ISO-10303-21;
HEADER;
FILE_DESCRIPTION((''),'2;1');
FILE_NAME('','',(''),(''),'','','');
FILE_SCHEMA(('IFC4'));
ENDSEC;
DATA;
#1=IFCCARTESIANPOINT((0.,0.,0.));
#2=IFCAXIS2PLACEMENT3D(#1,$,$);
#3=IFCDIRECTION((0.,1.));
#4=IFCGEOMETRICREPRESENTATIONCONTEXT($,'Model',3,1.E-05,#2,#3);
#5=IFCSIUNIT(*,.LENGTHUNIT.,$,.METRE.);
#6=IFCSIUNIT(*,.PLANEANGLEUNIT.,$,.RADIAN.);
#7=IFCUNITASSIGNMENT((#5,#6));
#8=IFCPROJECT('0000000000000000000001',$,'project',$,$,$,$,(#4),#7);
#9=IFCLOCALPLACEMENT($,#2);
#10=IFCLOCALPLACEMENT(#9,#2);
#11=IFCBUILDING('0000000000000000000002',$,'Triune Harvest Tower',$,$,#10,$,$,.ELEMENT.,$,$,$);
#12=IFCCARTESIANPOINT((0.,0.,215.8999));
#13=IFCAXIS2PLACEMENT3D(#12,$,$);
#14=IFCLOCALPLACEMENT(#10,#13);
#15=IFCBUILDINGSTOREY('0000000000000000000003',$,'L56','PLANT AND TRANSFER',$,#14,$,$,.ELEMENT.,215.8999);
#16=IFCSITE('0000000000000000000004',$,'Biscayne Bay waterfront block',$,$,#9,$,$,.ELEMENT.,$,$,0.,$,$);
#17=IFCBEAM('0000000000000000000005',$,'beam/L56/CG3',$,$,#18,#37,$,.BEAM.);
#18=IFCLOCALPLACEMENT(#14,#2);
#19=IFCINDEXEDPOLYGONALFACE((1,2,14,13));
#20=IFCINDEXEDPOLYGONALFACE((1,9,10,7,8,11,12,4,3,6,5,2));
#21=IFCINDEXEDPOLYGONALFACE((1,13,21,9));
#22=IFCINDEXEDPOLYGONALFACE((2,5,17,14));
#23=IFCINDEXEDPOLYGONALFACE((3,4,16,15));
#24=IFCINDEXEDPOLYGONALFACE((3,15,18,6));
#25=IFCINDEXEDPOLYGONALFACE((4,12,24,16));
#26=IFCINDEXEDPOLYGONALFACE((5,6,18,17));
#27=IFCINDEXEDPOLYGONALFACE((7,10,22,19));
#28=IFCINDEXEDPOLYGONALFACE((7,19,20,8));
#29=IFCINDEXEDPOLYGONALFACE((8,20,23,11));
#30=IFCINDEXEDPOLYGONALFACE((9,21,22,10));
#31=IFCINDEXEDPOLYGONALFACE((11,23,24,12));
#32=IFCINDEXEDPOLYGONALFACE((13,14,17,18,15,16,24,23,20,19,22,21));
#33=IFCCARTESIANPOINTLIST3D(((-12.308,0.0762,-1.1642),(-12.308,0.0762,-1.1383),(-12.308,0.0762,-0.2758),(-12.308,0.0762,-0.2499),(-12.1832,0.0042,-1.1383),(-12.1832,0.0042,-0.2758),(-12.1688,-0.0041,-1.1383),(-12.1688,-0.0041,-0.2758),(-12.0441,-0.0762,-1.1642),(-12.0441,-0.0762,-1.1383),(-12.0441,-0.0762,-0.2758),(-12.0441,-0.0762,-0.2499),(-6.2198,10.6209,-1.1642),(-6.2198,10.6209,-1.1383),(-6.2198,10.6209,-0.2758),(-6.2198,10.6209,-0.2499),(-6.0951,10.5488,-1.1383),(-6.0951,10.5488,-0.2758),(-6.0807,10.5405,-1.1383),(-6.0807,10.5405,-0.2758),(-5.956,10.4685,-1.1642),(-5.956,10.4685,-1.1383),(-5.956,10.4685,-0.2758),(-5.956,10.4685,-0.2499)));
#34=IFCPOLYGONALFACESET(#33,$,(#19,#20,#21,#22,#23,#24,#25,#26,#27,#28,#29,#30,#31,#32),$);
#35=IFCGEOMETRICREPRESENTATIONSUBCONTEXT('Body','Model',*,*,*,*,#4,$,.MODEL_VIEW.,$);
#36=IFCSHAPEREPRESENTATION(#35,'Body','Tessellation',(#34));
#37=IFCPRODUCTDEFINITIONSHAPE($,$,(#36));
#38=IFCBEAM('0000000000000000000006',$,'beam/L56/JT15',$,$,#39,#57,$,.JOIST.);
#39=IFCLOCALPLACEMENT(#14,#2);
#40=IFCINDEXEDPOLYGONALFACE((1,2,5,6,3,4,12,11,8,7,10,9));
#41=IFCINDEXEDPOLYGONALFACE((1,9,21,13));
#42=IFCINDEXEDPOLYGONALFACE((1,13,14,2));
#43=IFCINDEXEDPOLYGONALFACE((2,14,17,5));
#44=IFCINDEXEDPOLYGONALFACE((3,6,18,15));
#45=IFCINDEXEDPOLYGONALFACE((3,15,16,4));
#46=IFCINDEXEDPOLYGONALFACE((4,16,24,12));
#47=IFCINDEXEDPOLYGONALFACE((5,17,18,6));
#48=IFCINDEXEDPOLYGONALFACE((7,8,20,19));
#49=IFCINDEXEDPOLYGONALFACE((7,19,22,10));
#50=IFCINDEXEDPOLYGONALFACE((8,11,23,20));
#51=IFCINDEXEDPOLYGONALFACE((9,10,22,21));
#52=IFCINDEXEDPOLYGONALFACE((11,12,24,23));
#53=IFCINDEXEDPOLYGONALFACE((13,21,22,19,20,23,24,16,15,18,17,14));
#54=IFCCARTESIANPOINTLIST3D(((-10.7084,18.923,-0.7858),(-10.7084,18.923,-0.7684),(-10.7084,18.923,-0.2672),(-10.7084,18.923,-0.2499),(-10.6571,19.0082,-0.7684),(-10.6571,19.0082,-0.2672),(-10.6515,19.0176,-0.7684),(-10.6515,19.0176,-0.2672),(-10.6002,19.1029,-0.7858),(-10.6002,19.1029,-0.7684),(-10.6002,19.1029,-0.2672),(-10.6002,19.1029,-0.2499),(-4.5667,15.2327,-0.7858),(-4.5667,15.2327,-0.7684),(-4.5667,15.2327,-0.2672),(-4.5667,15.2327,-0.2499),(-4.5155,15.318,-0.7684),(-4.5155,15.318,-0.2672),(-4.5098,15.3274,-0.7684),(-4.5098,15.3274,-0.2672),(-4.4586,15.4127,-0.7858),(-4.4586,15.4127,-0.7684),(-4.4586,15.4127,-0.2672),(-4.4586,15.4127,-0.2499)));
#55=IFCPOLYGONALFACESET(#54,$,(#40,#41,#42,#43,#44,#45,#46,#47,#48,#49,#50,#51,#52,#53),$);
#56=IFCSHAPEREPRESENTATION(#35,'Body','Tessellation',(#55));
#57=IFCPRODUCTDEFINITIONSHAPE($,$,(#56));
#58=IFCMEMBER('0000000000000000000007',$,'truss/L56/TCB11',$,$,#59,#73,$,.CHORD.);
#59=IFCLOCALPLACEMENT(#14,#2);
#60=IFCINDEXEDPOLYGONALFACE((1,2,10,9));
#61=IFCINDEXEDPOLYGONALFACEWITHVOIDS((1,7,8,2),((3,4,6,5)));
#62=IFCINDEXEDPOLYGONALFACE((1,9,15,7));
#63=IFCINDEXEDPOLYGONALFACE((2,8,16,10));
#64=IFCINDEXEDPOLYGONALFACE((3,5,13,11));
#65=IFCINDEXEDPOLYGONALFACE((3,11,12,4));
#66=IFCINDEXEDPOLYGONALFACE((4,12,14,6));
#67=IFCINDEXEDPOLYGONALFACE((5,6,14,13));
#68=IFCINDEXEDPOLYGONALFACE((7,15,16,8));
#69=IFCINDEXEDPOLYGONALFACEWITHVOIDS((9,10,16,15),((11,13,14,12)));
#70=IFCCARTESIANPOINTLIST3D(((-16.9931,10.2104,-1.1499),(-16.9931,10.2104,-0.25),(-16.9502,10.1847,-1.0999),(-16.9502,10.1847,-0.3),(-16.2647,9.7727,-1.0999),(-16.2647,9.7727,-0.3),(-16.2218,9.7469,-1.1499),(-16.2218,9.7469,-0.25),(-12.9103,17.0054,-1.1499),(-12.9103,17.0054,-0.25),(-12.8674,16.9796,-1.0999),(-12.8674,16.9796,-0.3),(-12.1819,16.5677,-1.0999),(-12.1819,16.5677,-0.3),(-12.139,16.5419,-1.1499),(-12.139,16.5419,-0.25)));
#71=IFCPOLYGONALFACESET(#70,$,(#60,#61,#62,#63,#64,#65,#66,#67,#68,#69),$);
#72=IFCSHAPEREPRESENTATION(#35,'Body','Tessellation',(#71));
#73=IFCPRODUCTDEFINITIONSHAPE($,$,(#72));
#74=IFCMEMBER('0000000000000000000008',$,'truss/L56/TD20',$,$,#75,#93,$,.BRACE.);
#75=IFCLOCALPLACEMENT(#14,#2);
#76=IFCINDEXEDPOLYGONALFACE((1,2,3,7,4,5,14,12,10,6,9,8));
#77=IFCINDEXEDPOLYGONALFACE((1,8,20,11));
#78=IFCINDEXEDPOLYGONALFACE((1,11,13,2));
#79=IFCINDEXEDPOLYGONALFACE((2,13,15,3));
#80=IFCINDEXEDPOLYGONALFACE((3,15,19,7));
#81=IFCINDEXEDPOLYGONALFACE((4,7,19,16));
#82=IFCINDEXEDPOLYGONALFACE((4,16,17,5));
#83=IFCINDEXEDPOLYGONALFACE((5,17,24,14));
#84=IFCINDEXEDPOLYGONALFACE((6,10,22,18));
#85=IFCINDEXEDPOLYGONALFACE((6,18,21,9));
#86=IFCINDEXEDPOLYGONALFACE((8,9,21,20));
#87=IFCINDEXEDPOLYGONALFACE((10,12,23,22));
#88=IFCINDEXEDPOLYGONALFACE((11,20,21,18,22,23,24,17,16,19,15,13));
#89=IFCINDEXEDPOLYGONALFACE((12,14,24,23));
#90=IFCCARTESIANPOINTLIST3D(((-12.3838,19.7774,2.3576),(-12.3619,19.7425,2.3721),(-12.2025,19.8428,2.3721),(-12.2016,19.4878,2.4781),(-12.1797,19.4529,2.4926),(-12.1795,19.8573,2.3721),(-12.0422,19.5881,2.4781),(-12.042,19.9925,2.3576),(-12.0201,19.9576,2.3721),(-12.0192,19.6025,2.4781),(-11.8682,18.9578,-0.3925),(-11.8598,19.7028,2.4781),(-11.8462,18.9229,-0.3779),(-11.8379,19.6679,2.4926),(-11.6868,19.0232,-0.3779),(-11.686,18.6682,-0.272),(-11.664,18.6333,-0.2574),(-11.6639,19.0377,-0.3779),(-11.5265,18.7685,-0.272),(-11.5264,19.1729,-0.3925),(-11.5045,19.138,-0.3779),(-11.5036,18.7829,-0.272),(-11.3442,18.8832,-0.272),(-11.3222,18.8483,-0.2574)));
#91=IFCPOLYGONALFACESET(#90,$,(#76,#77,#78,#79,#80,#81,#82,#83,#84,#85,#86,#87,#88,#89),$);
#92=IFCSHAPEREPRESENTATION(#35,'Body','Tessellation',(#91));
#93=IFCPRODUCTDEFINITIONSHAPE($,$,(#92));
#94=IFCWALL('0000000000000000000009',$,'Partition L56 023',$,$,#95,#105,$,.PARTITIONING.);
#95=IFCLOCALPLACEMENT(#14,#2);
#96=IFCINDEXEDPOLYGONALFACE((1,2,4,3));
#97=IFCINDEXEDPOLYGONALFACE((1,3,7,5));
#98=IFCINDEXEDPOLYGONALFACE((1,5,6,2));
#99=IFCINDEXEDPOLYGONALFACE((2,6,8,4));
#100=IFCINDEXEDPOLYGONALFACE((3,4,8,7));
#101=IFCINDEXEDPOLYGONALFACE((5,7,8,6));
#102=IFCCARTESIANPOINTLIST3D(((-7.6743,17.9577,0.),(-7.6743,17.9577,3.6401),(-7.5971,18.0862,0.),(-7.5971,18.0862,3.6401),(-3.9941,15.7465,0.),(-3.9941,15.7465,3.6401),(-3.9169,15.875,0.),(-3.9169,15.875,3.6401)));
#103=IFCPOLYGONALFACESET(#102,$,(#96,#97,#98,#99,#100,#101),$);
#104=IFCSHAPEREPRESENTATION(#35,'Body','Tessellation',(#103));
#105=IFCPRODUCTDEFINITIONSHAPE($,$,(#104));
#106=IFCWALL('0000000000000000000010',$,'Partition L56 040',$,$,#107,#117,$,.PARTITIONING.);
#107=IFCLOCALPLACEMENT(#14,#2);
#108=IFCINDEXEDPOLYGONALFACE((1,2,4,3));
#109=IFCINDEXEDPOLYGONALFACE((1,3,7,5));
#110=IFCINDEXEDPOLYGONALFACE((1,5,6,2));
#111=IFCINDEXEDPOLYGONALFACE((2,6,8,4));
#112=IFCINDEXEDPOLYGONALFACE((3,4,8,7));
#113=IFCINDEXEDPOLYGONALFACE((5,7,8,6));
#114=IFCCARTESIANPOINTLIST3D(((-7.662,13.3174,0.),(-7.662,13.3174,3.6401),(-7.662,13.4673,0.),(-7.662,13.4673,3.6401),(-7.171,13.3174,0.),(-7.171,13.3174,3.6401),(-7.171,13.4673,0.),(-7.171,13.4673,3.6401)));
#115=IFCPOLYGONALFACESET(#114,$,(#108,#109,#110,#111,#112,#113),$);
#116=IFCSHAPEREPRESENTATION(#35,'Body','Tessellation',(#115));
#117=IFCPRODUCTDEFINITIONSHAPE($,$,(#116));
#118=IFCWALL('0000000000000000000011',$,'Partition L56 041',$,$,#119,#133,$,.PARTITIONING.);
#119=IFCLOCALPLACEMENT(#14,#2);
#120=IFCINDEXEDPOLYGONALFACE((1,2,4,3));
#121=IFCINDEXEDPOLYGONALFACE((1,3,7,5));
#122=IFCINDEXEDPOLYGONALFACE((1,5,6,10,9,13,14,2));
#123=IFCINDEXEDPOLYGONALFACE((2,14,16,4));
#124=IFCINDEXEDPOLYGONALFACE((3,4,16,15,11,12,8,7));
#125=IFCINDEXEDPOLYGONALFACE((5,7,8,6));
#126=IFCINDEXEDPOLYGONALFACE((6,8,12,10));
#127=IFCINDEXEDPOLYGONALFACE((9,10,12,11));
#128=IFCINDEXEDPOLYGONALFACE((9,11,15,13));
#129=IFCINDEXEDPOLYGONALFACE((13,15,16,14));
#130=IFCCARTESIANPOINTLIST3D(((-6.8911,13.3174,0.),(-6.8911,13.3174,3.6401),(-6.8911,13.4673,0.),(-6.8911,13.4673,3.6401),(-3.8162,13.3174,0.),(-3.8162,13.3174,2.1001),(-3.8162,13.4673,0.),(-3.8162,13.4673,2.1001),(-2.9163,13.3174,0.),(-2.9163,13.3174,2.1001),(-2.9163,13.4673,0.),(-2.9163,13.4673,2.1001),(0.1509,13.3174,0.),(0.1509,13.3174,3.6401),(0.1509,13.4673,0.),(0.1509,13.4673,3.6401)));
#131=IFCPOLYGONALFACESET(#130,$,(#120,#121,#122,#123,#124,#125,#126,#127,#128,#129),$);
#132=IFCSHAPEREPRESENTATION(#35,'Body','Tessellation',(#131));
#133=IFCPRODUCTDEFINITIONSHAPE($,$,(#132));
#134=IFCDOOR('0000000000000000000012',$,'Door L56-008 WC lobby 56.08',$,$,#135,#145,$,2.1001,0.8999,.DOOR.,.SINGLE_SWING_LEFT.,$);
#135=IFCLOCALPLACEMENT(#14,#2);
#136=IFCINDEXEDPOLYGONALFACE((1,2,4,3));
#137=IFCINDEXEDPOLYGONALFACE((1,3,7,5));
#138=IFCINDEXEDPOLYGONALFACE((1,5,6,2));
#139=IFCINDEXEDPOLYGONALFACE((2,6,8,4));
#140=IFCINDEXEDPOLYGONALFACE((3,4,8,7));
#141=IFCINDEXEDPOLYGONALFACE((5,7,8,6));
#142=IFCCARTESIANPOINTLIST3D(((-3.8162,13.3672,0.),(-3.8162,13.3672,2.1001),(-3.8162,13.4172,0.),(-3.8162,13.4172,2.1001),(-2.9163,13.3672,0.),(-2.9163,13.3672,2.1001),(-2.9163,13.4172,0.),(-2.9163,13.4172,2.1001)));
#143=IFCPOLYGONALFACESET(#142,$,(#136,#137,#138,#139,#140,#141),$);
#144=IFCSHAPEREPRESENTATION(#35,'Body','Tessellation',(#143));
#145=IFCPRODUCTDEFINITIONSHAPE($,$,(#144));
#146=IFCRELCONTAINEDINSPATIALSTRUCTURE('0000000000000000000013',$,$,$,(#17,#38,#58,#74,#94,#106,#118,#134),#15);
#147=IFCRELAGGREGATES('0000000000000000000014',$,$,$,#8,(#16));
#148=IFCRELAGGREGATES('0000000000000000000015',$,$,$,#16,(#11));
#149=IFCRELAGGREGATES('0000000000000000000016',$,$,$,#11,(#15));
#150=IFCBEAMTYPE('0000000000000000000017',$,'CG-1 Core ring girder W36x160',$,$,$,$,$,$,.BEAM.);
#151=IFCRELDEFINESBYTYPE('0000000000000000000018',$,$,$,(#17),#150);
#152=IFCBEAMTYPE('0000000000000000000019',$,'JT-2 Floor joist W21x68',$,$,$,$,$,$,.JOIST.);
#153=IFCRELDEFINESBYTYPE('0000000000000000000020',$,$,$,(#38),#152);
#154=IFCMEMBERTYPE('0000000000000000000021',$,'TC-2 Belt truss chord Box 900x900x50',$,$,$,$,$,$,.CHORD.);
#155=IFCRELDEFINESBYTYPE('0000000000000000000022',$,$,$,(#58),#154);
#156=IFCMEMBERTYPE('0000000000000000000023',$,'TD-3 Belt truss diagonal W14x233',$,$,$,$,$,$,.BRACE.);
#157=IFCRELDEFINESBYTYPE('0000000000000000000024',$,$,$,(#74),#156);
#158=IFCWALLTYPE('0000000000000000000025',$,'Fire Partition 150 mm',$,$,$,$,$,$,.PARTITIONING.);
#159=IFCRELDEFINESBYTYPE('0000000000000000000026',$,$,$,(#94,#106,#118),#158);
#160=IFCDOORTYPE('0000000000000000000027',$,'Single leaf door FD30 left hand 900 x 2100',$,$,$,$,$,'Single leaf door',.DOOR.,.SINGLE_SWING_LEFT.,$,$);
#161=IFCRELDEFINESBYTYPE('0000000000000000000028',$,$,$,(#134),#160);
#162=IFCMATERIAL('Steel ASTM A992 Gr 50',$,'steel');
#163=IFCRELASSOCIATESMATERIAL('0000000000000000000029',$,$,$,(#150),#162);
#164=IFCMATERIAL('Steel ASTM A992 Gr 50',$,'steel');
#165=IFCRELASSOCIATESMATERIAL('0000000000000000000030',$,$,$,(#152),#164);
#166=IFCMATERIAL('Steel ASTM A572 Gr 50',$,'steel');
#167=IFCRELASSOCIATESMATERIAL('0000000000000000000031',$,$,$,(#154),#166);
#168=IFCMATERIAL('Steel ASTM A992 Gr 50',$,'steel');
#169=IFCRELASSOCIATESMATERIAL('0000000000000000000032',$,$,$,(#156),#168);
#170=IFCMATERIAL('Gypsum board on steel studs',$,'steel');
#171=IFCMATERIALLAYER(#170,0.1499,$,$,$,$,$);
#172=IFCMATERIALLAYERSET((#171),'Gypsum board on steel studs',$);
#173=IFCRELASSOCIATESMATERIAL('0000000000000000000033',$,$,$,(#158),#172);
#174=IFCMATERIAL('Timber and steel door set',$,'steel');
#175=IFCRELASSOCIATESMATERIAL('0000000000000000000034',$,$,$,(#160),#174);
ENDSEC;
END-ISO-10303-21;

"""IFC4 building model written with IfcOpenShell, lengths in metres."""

from ifc_helpers import new_model, si_unit, direction, frame, frame_2d, origin, origin_2d, place, context, subcontext, project, spatial, rectangle, hollow_rectangle, i_section, extrude, source, transform, mapped, material, layer, layer_set, material_profile, profile_set, type_object, element, fill, save


model = new_model("IFC4")

# Units and contexts
model_context = context("Model", 3, precision=1e-05, world=origin(), true_north=direction((0.0, 1.0)))
body_context = subcontext(model_context, "Body", "Model", "MODEL_VIEW")
ifc_project = project(units=[si_unit("LENGTHUNIT", "METRE"), si_unit("PLANEANGLEUNIT", "RADIAN")], contexts=[model_context])

# Site, building, storey
site_placement = place(None, origin())
site = spatial("IfcSite", under=ifc_project, at=site_placement, Name="Biscayne Bay waterfront block", CompositionType="ELEMENT", RefElevation=0.0)
building_placement = place(site_placement, origin())
building = spatial("IfcBuilding", under=site, at=building_placement, Name="Triune Harvest Tower", CompositionType="ELEMENT")
storey_placement = place(building_placement, frame((0.0, 0.0, 215.8999)))
storey = spatial("IfcBuildingStorey", under=building, at=storey_placement, Name="L56", Description="PLANT AND TRANSFER", CompositionType="ELEMENT", Elevation=215.8999)

# Beams
ifc_material_1 = material(Name="Steel ASTM A992 Gr 50", Category="steel")
ifc_material_profile_1 = material_profile(ifc_material_1, i_section(OverallWidth=0.3047, OverallDepth=0.9143, WebThickness=0.0166, FlangeThickness=0.0259, at=origin_2d()), Name="W36x160")
ifc_profile_set_1 = profile_set([ifc_material_profile_1], Name="Steel ASTM A992 Gr 50")
beam_type_1 = type_object("IfcBeamType", Name="CG-1 Core ring girder W36x160", PredefinedType="BEAM", material=ifc_profile_set_1)
shared_shape_1 = source(origin(), body_context, "Body", "SweptSolid", [
    extrude(i_section(OverallWidth=0.3047, OverallDepth=0.9143, WebThickness=0.0166, FlangeThickness=0.0259, at=origin_2d()), origin(), (0.0, 0.0, 1.0), 12.176),
])
beam_1_placement = place(storey_placement, frame((-6.0879, 10.5447, -0.707), z_axis=(-0.50001, -0.86602, 0.0), x_axis=(0.86602, -0.50001, 0.0)))
element("IfcBeam", 1, at=beam_1_placement, inside=storey, type_object=beam_type_1, Name="beam/L56/CG3", PredefinedType="BEAM", context=body_context, shape_type="MappedRepresentation", body=[
    mapped(shared_shape_1, transform((0.0, 0.0, 0.0), scale=1.0)),
])
ifc_material_2 = material(Name="Steel ASTM A992 Gr 50", Category="steel")
ifc_material_profile_2 = material_profile(ifc_material_2, i_section(OverallWidth=0.21, OverallDepth=0.5359, WebThickness=0.011, FlangeThickness=0.0173, at=origin_2d()), Name="W21x68")
ifc_profile_set_2 = profile_set([ifc_material_profile_2], Name="Steel ASTM A992 Gr 50")
beam_type_2 = type_object("IfcBeamType", Name="JT-2 Floor joist W21x68", PredefinedType="JOIST", material=ifc_profile_set_2)
shared_shape_2 = source(origin(), body_context, "Body", "SweptSolid", [
    extrude(i_section(OverallWidth=0.21, OverallDepth=0.5359, WebThickness=0.011, FlangeThickness=0.0173, at=origin_2d()), origin(), (0.0, 0.0, 1.0), 7.165),
])
beam_2_placement = place(storey_placement, frame((-10.6543, 19.0129, -0.5178), z_axis=(0.857171, -0.515032, 0.0), x_axis=(0.515032, 0.857171, 0.0)))
element("IfcBeam", 2, at=beam_2_placement, inside=storey, type_object=beam_type_2, Name="beam/L56/JT15", PredefinedType="JOIST", context=body_context, shape_type="MappedRepresentation", body=[
    mapped(shared_shape_2, transform((0.0, 0.0, 0.0), scale=1.0)),
])

# Members
ifc_material_3 = material(Name="Steel ASTM A572 Gr 50", Category="steel")
ifc_material_profile_3 = material_profile(ifc_material_3, hollow_rectangle(XDim=0.8999, YDim=0.8999, WallThickness=0.05, at=origin_2d()), Name="Box 900x900x50")
ifc_profile_set_3 = profile_set([ifc_material_profile_3], Name="Steel ASTM A572 Gr 50")
member_type_1 = type_object("IfcMemberType", Name="TC-2 Belt truss chord Box 900x900x50", PredefinedType="CHORD", material=ifc_profile_set_3)
shared_shape_3 = source(origin(), body_context, "Body", "SweptSolid", [
    extrude(hollow_rectangle(XDim=0.8999, YDim=0.8999, WallThickness=0.05, at=origin_2d()), origin(), (0.0, 0.0, 1.0), 7.9272),
])
member_1_placement = place(storey_placement, frame((-12.5247, 16.7737, -0.7), z_axis=(-0.515035, -0.857169, 0.0), x_axis=(0.857169, -0.515035, 0.0)))
element("IfcMember", 3, at=member_1_placement, inside=storey, type_object=member_type_1, Name="truss/L56/TCB11", PredefinedType="CHORD", context=body_context, shape_type="MappedRepresentation", body=[
    mapped(shared_shape_3, transform((0.0, 0.0, 0.0), scale=1.0)),
])
ifc_material_4 = material(Name="Steel ASTM A992 Gr 50", Category="steel")
ifc_material_profile_4 = material_profile(ifc_material_4, i_section(OverallWidth=0.4038, OverallDepth=0.4065, WebThickness=0.0271, FlangeThickness=0.0437, at=origin_2d()), Name="W14x233")
ifc_profile_set_4 = profile_set([ifc_material_profile_4], Name="Steel ASTM A992 Gr 50")
member_type_2 = type_object("IfcMemberType", Name="TD-3 Belt truss diagonal W14x233", PredefinedType="BRACE", material=ifc_profile_set_4)
shared_shape_4 = source(origin(), body_context, "Body", "SweptSolid", [
    extrude(i_section(OverallWidth=0.4038, OverallDepth=0.4065, WebThickness=0.0271, FlangeThickness=0.0437, at=origin_2d()), origin(), (0.0, 0.0, 1.0), 2.9155),
])
member_2_placement = place(storey_placement, frame((-11.5952, 18.9031, -0.325), z_axis=(-0.176857, 0.281112, 0.943238), x_axis=(-0.846422, -0.532512, 0.0)))
element("IfcMember", 4, at=member_2_placement, inside=storey, type_object=member_type_2, Name="truss/L56/TD20", PredefinedType="BRACE", context=body_context, shape_type="MappedRepresentation", body=[
    mapped(shared_shape_4, transform((0.0, 0.0, 0.0), scale=1.0)),
])

# Walls
ifc_material_5 = material(Name="Gypsum board on steel studs", Category="steel")
ifc_layer_1 = layer(ifc_material_5, 0.1499)
ifc_layer_set_1 = layer_set([ifc_layer_1], Name="Gypsum board on steel studs")
wall_type_1 = type_object("IfcWallType", Name="Fire Partition 150 mm", PredefinedType="PARTITIONING", material=ifc_layer_set_1)
wall_1_placement = place(storey_placement, frame((-7.6357, 18.022, 0.0), z_axis=(0.0, 0.0, 1.0), x_axis=(0.857177, -0.515022, 0.0)))
element("IfcWall", 5, at=wall_1_placement, inside=storey, type_object=wall_type_1, Name="Partition L56 023", PredefinedType="PARTITIONING", context=body_context, shape_type="SweptSolid", body=[
    extrude(rectangle(XDim=4.2935, YDim=0.1499, at=frame_2d((2.1467, 0.0))), origin(), (0.0, 0.0, 1.0), 3.6401),
])
wall_2_placement = place(storey_placement, frame((-7.6621, 13.3923, 0.0), z_axis=(0.0, 0.0, 1.0), x_axis=(1.0, 0.0, 0.0)))
element("IfcWall", 6, at=wall_2_placement, inside=storey, type_object=wall_type_1, Name="Partition L56 040", PredefinedType="PARTITIONING", context=body_context, shape_type="SweptSolid", body=[
    extrude(rectangle(XDim=0.491, YDim=0.1499, at=frame_2d((0.2456, 0.0))), origin(), (0.0, 0.0, 1.0), 3.6401),
])

# Wall, opening, door
wall_3_placement = place(storey_placement, frame((-6.8911, 13.3923, 0.0), z_axis=(0.0, 0.0, 1.0), x_axis=(1.0, 0.0, 0.0)))
wall_3 = element("IfcWall", 7, at=wall_3_placement, inside=storey, type_object=wall_type_1, Name="Partition L56 041", PredefinedType="PARTITIONING", context=body_context, shape_type="SweptSolid", body=[
    extrude(rectangle(XDim=7.042, YDim=0.1499, at=frame_2d((3.521, 0.0))), origin(), (0.0, 0.0, 1.0), 3.6401),
])
opening_1_placement = place(wall_3_placement, frame((3.075, 0.0, 0.0)))
opening_1 = element("IfcOpeningElement", 8, at=opening_1_placement, cuts=wall_3, PredefinedType="OPENING", context=body_context, shape_type="SweptSolid", body=[
    extrude(rectangle(XDim=0.8999, YDim=2.1001, at=frame_2d((0.45, 1.05))), frame((0.0, 0.085, 0.0), z_axis=(0.0, -1.0, 0.0), x_axis=(1.0, 0.0, 0.0)), (0.0, 0.0, 1.0), 0.1699),
])
ifc_material_6 = material(Name="Timber and steel door set", Category="steel")
door_type_1 = type_object("IfcDoorType", Name="Single leaf door FD30 left hand 900 x 2100", ElementType="Single leaf door", OperationType="SINGLE_SWING_LEFT", PredefinedType="DOOR", material=ifc_material_6)
door_1_placement = place(opening_1_placement, origin())
door_1 = element("IfcDoor", 9, at=door_1_placement, inside=storey, type_object=door_type_1, Name="Door L56-008 WC lobby 56.08", OperationType="SINGLE_SWING_LEFT", OverallHeight=2.1001, OverallWidth=0.8999, PredefinedType="DOOR", context=body_context, shape_type="SweptSolid", body=[
    extrude(rectangle(XDim=0.8999, YDim=2.1001, at=frame_2d((0.45, 1.05))), frame((0.0, 0.0249, 0.0), z_axis=(0.0, -1.0, 0.0), x_axis=(1.0, 0.0, 0.0)), (0.0, 0.0, 1.0), 0.05),
])
fill(opening_1, door_1)

save(model, "model.ifc")
